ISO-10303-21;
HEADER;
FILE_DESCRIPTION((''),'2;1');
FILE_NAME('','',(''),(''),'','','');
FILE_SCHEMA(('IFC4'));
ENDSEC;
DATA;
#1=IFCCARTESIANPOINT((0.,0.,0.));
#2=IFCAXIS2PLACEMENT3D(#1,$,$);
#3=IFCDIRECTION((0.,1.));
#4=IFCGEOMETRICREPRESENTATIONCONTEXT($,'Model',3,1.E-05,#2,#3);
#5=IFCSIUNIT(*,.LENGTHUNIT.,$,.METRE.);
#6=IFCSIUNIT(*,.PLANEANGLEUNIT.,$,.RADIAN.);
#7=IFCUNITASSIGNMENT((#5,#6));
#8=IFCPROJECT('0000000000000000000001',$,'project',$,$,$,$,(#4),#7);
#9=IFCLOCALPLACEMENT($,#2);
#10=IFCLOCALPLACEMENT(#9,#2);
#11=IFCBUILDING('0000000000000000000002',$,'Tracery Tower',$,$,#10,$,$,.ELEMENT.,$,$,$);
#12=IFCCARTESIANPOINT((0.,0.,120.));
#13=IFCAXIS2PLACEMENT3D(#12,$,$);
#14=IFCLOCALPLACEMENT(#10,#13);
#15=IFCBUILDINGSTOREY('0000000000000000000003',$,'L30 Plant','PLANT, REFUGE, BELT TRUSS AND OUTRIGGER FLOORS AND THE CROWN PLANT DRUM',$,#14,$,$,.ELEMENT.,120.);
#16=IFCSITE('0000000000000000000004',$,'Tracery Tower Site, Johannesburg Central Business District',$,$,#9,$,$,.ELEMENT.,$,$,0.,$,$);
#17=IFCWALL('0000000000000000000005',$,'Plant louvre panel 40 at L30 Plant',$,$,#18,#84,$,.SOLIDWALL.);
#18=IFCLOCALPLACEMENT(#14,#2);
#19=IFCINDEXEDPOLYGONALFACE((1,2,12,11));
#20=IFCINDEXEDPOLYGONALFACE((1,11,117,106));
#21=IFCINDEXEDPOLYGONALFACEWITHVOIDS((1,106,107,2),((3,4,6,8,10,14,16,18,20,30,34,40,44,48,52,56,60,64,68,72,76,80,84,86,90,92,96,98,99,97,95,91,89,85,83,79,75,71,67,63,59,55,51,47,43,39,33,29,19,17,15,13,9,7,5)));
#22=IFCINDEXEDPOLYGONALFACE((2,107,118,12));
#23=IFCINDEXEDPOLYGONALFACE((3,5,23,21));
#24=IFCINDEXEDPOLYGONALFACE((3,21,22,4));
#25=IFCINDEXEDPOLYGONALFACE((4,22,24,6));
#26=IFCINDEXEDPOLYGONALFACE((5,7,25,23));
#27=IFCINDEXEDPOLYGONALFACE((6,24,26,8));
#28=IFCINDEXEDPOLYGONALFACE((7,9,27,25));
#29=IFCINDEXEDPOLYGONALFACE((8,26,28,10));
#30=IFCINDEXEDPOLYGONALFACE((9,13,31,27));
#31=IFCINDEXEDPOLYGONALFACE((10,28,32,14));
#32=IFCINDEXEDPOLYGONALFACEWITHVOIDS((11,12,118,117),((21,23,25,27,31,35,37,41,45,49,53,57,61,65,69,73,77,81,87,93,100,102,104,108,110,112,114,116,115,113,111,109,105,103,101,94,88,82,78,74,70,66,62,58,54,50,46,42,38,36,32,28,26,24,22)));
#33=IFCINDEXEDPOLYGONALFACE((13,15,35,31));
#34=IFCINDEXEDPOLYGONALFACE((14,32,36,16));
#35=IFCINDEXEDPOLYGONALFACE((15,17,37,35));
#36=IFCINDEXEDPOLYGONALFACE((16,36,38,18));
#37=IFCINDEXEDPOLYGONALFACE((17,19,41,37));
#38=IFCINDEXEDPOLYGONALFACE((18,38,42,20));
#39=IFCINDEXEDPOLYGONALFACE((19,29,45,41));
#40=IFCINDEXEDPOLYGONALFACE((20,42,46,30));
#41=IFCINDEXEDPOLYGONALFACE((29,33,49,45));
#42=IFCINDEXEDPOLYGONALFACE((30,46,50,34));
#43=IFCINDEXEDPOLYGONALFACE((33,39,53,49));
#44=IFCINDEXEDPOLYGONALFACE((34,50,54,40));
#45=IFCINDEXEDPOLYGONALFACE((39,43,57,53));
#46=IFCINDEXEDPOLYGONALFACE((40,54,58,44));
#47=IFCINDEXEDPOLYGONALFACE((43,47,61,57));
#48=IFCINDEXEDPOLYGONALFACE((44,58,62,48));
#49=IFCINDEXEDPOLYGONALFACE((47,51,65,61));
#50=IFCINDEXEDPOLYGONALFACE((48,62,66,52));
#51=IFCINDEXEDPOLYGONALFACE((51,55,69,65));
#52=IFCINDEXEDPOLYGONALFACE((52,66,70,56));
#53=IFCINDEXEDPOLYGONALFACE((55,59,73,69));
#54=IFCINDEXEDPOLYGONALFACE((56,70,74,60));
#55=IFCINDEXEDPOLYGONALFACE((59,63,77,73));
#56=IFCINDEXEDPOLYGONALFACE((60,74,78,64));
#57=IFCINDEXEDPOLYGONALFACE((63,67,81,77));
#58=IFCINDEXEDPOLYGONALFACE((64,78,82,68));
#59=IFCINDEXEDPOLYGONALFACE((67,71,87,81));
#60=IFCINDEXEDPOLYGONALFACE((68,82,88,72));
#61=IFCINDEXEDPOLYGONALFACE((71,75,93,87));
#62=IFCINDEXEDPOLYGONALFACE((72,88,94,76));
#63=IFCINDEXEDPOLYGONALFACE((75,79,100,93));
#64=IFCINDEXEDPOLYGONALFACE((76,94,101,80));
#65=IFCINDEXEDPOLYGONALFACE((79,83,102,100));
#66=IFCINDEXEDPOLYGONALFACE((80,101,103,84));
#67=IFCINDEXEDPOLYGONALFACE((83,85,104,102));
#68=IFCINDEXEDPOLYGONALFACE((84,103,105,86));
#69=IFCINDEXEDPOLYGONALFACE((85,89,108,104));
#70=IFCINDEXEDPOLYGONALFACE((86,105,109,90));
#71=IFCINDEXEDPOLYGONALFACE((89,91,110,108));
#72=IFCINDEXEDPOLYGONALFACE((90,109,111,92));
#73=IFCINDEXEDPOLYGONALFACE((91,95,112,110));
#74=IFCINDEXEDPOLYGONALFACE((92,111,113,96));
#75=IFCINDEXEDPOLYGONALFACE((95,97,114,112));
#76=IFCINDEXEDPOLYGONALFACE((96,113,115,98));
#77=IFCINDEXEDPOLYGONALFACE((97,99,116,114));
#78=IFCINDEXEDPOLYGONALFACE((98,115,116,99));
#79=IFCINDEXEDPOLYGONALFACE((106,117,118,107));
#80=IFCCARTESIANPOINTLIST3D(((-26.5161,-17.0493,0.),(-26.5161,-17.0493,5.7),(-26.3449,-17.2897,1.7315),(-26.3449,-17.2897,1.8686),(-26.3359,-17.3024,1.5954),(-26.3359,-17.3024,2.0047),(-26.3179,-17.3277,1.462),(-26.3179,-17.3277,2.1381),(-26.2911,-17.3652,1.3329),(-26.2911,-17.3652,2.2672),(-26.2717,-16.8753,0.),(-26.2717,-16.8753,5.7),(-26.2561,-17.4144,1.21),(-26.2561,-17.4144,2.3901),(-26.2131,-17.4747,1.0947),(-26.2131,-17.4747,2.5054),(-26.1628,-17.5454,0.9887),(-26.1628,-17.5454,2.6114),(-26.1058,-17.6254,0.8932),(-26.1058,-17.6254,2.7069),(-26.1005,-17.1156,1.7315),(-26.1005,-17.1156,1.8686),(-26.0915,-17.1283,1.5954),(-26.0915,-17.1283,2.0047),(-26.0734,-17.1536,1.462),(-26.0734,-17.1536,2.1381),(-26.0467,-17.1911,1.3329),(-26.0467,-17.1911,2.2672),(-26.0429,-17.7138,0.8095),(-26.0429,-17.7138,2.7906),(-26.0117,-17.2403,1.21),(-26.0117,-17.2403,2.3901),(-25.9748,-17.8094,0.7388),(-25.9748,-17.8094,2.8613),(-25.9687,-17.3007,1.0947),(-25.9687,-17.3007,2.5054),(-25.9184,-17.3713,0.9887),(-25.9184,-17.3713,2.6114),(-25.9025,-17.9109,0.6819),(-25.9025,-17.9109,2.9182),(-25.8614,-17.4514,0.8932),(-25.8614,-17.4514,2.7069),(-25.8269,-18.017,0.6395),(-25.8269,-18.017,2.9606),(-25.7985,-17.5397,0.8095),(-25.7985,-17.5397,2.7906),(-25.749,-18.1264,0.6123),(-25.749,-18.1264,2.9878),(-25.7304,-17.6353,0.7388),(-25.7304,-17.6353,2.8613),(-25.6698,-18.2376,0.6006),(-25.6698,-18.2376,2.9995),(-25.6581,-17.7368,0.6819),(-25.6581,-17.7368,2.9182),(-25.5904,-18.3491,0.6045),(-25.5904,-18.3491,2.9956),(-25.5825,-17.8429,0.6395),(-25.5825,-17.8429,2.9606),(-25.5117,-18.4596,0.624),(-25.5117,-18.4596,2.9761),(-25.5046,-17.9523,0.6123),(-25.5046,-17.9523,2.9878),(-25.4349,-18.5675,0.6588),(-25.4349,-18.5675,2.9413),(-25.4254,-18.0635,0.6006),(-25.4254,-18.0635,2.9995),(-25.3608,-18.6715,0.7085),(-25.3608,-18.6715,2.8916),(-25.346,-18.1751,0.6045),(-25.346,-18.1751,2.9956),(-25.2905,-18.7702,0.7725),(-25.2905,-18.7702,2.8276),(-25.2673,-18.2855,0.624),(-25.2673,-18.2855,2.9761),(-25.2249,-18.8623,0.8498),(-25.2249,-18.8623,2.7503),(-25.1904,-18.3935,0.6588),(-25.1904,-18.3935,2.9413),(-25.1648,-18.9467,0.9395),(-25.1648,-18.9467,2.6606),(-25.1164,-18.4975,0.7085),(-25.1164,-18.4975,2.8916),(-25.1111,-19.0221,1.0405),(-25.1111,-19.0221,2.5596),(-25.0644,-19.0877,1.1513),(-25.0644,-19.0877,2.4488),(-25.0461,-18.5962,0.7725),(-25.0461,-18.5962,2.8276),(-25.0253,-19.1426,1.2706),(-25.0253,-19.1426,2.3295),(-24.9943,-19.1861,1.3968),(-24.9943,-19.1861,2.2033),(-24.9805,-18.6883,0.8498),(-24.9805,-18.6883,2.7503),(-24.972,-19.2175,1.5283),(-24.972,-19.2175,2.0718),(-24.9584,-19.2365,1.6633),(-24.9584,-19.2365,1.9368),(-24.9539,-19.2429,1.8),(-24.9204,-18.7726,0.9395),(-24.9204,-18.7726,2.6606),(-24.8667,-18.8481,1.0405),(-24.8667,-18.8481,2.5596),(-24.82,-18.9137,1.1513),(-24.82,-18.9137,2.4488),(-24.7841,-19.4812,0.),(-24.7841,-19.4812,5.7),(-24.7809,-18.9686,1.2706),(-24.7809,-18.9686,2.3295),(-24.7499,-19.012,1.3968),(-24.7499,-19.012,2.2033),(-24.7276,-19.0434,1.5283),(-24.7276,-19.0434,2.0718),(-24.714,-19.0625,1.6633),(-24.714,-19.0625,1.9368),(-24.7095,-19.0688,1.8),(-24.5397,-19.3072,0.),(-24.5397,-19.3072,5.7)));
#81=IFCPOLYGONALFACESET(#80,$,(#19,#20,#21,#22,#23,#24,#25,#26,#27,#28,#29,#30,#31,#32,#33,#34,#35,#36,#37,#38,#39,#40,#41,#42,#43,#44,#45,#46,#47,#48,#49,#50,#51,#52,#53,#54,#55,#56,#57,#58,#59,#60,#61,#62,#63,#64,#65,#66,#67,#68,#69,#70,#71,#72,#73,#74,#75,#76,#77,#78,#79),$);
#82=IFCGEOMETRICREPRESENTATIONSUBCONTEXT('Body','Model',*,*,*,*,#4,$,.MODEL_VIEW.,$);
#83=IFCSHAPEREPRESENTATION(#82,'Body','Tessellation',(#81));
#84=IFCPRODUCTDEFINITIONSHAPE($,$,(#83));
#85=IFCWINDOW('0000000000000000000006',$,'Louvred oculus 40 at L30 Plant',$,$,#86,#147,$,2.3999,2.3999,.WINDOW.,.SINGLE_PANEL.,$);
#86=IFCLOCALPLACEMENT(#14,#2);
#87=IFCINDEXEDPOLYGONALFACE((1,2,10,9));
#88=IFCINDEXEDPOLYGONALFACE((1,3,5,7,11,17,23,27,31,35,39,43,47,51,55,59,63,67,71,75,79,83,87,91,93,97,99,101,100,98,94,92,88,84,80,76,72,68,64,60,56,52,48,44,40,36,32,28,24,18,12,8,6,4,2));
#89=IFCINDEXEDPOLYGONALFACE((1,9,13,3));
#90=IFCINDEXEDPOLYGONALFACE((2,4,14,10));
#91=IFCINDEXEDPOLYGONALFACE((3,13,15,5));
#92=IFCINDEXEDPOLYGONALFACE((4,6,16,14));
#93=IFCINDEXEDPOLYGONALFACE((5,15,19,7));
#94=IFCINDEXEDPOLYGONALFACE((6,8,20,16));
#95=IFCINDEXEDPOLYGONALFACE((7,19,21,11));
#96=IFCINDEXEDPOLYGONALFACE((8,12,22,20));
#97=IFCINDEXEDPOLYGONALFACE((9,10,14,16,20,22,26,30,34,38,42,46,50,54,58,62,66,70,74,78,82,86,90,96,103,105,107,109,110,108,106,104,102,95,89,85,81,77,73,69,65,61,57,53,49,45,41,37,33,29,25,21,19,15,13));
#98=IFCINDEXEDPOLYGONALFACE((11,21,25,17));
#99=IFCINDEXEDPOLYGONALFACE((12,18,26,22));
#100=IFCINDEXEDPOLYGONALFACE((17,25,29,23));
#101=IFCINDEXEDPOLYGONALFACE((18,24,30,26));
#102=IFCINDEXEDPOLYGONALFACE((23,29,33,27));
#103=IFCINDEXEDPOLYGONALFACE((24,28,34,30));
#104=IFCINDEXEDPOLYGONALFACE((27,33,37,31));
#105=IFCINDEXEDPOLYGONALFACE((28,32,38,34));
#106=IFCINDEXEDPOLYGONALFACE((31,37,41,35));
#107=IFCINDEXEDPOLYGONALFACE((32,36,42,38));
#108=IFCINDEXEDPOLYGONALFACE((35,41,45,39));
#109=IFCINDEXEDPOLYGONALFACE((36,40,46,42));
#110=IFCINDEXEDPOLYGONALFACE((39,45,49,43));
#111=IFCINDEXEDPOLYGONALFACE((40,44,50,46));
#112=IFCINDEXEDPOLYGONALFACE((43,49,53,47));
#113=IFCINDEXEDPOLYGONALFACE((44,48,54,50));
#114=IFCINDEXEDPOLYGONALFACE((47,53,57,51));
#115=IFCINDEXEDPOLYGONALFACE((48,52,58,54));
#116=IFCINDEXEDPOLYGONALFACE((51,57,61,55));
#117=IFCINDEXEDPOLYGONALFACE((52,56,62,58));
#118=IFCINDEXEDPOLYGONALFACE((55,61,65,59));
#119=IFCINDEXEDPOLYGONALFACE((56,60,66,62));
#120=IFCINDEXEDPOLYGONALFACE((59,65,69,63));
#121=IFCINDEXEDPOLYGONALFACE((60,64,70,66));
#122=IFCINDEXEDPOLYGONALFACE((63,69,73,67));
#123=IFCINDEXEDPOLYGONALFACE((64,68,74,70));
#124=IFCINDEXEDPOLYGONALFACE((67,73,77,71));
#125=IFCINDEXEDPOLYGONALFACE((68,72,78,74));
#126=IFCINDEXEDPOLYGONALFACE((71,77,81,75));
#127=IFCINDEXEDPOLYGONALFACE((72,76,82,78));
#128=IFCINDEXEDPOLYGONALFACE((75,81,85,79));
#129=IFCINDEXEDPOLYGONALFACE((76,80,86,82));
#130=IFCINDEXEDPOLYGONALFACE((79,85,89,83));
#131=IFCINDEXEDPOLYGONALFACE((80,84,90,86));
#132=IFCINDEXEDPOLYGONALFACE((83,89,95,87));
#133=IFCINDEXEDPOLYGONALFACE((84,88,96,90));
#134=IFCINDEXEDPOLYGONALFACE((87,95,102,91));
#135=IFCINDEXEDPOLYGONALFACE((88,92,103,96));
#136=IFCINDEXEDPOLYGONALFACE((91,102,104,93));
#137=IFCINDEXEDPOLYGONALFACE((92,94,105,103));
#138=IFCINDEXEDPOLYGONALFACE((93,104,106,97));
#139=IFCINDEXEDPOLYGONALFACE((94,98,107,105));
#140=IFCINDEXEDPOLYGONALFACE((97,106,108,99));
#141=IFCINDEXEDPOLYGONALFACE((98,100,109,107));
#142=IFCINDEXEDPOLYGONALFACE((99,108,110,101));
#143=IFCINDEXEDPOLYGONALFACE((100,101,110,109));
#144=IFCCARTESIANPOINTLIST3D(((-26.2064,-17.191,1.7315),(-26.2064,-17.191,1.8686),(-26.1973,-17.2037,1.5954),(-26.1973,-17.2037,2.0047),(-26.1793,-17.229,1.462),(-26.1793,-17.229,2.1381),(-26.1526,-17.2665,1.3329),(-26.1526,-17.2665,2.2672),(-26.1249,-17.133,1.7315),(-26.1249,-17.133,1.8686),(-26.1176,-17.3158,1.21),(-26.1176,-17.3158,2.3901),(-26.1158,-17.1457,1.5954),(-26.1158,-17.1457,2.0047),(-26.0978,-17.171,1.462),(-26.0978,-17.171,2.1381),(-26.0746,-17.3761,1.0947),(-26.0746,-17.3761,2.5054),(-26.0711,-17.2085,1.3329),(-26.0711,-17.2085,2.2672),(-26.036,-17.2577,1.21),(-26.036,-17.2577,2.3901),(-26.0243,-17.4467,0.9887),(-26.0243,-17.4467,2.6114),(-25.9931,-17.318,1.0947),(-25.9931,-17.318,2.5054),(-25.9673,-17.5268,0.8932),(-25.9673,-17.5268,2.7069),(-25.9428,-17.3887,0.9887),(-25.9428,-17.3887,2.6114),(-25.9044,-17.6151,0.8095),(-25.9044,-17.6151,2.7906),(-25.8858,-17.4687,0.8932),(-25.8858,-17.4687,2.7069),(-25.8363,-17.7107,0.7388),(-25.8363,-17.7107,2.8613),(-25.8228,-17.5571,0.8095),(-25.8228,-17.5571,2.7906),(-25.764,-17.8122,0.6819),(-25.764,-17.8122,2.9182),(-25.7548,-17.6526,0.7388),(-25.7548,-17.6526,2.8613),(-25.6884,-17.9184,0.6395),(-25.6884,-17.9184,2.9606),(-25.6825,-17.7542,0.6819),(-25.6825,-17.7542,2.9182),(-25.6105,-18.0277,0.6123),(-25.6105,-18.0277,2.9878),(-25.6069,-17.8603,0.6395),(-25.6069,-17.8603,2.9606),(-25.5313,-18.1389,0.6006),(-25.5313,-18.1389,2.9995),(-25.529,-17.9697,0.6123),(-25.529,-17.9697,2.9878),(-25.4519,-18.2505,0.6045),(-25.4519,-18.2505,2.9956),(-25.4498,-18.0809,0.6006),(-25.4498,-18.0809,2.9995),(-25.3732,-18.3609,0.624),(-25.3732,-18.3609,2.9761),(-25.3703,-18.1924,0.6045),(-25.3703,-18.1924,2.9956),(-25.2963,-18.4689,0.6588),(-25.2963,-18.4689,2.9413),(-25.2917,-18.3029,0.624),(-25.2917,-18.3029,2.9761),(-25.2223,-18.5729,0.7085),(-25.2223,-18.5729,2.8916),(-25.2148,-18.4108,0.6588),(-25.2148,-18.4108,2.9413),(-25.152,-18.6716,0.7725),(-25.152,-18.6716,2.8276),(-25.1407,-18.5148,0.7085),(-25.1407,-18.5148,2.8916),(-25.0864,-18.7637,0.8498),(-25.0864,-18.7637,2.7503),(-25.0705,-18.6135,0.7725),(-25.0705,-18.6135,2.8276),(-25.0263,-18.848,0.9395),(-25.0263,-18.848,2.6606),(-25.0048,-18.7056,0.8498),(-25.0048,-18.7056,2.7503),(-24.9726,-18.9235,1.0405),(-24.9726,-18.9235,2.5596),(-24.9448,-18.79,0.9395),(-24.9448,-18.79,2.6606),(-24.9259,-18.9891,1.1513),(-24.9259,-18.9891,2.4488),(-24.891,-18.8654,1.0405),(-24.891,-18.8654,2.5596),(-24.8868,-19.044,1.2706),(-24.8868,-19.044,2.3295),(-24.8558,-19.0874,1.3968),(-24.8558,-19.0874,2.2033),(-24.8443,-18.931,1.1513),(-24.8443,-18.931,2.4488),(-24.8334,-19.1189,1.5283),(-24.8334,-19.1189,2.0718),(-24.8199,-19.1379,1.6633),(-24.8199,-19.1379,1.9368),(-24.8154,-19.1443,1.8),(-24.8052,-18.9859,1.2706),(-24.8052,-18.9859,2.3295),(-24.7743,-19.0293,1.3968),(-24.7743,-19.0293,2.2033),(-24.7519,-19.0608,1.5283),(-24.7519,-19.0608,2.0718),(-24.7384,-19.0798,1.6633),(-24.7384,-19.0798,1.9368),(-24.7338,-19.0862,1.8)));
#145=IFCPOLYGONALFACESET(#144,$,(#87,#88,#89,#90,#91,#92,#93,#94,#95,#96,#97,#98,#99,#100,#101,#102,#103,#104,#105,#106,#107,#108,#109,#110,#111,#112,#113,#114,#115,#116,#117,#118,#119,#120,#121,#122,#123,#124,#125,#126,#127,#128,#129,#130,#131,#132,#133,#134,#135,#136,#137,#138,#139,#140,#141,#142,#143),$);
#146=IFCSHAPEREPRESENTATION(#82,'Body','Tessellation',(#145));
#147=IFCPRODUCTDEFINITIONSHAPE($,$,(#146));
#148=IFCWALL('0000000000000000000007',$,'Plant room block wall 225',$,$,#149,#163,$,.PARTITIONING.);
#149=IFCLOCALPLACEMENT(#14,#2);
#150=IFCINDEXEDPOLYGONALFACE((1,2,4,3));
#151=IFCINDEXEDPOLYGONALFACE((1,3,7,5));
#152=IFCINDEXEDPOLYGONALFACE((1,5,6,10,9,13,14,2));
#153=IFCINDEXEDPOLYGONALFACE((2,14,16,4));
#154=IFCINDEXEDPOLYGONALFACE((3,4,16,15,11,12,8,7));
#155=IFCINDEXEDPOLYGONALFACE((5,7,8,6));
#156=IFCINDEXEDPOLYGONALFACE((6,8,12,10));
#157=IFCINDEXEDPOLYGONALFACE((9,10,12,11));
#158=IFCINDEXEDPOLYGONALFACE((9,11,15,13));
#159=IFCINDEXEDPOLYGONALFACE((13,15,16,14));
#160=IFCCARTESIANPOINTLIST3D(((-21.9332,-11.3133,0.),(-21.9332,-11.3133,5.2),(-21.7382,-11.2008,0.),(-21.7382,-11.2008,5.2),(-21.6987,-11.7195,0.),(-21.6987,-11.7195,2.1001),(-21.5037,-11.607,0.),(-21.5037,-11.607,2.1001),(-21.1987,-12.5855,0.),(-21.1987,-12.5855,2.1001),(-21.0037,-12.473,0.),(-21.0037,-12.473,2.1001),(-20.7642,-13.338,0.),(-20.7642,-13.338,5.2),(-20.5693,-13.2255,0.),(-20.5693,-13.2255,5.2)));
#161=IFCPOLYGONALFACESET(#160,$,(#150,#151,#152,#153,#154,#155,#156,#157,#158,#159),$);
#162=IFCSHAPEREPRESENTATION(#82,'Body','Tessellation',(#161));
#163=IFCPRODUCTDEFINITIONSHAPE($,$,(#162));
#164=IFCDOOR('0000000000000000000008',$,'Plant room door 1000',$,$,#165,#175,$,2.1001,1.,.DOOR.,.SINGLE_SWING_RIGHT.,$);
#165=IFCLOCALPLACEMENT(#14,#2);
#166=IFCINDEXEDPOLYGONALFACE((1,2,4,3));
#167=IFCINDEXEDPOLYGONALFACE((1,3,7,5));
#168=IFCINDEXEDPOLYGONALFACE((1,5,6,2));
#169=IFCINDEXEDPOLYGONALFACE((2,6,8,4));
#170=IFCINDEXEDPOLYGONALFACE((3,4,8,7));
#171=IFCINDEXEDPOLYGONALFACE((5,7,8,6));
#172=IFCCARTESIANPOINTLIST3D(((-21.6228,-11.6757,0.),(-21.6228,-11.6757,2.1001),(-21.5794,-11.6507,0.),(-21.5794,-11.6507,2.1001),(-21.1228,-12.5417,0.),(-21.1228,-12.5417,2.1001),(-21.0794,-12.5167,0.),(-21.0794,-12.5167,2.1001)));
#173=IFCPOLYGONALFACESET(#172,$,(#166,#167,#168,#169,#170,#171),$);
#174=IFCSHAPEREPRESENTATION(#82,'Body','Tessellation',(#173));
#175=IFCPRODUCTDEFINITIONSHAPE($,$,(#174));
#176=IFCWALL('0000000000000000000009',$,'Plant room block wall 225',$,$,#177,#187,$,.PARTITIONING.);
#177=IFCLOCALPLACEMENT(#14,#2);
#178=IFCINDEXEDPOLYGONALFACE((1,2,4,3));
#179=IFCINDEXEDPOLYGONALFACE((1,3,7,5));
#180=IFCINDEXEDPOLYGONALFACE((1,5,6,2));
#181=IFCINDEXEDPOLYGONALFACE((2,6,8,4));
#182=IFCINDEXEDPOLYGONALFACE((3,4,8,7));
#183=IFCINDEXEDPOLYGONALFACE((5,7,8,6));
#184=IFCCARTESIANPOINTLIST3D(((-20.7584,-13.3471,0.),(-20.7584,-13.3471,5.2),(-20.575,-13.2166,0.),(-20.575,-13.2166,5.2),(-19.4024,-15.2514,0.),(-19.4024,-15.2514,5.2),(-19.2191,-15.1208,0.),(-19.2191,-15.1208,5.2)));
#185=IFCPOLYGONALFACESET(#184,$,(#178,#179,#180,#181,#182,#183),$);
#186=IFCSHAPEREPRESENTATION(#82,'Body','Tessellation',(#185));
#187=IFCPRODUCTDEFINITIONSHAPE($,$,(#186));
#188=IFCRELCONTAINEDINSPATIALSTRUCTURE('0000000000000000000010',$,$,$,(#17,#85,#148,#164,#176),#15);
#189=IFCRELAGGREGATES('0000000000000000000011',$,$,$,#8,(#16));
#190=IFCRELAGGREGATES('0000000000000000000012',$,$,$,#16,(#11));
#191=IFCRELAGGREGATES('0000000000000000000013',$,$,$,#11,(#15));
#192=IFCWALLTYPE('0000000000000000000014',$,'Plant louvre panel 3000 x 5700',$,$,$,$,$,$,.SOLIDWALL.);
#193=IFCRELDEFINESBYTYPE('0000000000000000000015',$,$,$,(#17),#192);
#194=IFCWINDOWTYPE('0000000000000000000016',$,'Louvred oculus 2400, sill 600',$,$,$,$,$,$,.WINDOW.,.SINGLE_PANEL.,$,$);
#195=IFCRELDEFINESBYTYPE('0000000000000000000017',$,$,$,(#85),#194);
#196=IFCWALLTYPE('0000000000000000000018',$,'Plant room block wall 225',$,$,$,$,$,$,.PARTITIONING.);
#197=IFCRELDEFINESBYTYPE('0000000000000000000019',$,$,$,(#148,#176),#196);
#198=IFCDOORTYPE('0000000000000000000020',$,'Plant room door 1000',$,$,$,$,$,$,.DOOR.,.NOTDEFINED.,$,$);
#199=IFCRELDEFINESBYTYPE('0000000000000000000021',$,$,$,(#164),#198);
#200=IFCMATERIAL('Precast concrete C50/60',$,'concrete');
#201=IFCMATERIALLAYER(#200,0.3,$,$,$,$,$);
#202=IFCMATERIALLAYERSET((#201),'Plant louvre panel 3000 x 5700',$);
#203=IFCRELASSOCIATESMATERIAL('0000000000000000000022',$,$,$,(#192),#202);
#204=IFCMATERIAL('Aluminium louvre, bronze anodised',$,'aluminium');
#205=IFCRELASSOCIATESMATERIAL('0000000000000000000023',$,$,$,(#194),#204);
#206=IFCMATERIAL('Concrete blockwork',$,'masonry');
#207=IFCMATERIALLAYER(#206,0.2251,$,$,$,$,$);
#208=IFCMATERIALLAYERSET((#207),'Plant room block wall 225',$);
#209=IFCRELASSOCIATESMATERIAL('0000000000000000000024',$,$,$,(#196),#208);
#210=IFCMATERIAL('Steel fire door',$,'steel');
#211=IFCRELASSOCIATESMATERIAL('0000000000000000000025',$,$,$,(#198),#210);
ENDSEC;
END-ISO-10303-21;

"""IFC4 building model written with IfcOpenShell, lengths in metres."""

from ifc_helpers import new_model, si_unit, direction, frame, frame_2d, origin, origin_2d, place, context, subcontext, project, spatial, rectangle, circle, extrude, material, layer, layer_set, type_object, element, fill, save


model = new_model("IFC4")

# Units and contexts
model_context = context("Model", 3, precision=1e-05, world=origin(), true_north=direction((0.0, 1.0)))
body_context = subcontext(model_context, "Body", "Model", "MODEL_VIEW")
ifc_project = project(units=[si_unit("LENGTHUNIT", "METRE"), si_unit("PLANEANGLEUNIT", "RADIAN")], contexts=[model_context])

# Site, building, storey
site_placement = place(None, origin())
site = spatial("IfcSite", under=ifc_project, at=site_placement, Name="Tracery Tower Site, Johannesburg Central Business District", CompositionType="ELEMENT", RefElevation=0.0)
building_placement = place(site_placement, origin())
building = spatial("IfcBuilding", under=site, at=building_placement, Name="Tracery Tower", CompositionType="ELEMENT")
storey_placement = place(building_placement, frame((0.0, 0.0, 120.0)))
storey = spatial("IfcBuildingStorey", under=building, at=storey_placement, Name="L30 Plant", Description="PLANT, REFUGE, BELT TRUSS AND OUTRIGGER FLOORS AND THE CROWN PLANT DRUM", CompositionType="ELEMENT", Elevation=120.0)

# Wall, opening, window
ifc_material_1 = material(Name="Precast concrete C50/60", Category="concrete")
ifc_layer_1 = layer(ifc_material_1, 0.3)
ifc_layer_set_1 = layer_set([ifc_layer_1], Name="Plant louvre panel 3000 x 5700")
wall_type_1 = type_object("IfcWallType", Name="Plant louvre panel 3000 x 5700", PredefinedType="SOLIDWALL", material=ifc_layer_set_1)
ifc_material_2 = material(Name="Aluminium louvre, bronze anodised", Category="aluminium")
window_type = type_object("IfcWindowType", Name="Louvred oculus 2400, sill 600", PartitioningType="SINGLE_PANEL", PredefinedType="WINDOW", material=ifc_material_2)
wall_1_placement = place(storey_placement, frame((-26.3938, -16.9624, 0.0), z_axis=(0.0, 0.0, 1.0), x_axis=(0.580101, -0.814545, 0.0)))
wall_1 = element("IfcWall", 1, at=wall_1_placement, inside=storey, type_object=wall_type_1, Name="Plant louvre panel 40 at L30 Plant", PredefinedType="SOLIDWALL", context=body_context, shape_type="SweptSolid", body=[
    extrude(rectangle(XDim=2.9856, YDim=0.3, at=frame_2d((1.4927, 0.0))), origin(), (0.0, 0.0, 1.0), 5.7),
])
opening_1_placement = place(wall_1_placement, frame((1.4929, 0.0, 1.8)))
opening_1 = element("IfcOpeningElement", 2, at=opening_1_placement, cuts=wall_1, PredefinedType="OPENING", context=body_context, shape_type="SweptSolid", body=[
    extrude(circle(Radius=1.2, at=origin_2d()), frame((0.0, 0.1599, 0.0), z_axis=(0.0, -1.0, 0.0), x_axis=(1.0, 0.0, 0.0)), (0.0, 0.0, 1.0), 0.3201),
])
window_1_placement = place(opening_1_placement, origin())
window_1 = element("IfcWindow", 3, at=window_1_placement, inside=storey, type_object=window_type, Name="Louvred oculus 40 at L30 Plant", OverallHeight=2.3999, OverallWidth=2.3999, PartitioningType="SINGLE_PANEL", PredefinedType="WINDOW", context=body_context, shape_type="SweptSolid", body=[
    extrude(circle(Radius=1.2, at=origin_2d()), frame((0.0, 0.1201, 0.0), z_axis=(0.0, -1.0, 0.0), x_axis=(1.0, 0.0, 0.0)), (0.0, 0.0, 1.0), 0.1001),
])
fill(opening_1, window_1)

# Wall, opening, door
ifc_material_3 = material(Name="Concrete blockwork", Category="masonry")
ifc_layer_2 = layer(ifc_material_3, 0.2251)
ifc_layer_set_2 = layer_set([ifc_layer_2], Name="Plant room block wall 225")
wall_type_2 = type_object("IfcWallType", Name="Plant room block wall 225", PredefinedType="PARTITIONING", material=ifc_layer_set_2)
wall_2_placement = place(storey_placement, frame((-20.6667, -13.2817, 0.0), z_axis=(0.0, 0.0, 1.0), x_axis=(-0.500003, 0.866024, 0.0)))
wall_2 = element("IfcWall", 4, at=wall_2_placement, inside=storey, type_object=wall_type_2, Name="Plant room block wall 225", PredefinedType="PARTITIONING", context=body_context, shape_type="SweptSolid", body=[
    extrude(rectangle(XDim=2.3379, YDim=0.2251, at=frame_2d((1.1689, 0.0))), origin(), (0.0, 0.0, 1.0), 5.2),
])
opening_2_placement = place(wall_2_placement, frame((0.8689, 0.0, 0.0)))
opening_2 = element("IfcOpeningElement", 5, at=opening_2_placement, cuts=wall_2, PredefinedType="OPENING", context=body_context, shape_type="SweptSolid", body=[
    extrude(rectangle(XDim=1.0, YDim=2.1001, at=frame_2d((0.5, 1.05))), frame((0.0, 0.1125, 0.0), z_axis=(0.0, -1.0, 0.0), x_axis=(1.0, 0.0, 0.0)), (0.0, 0.0, 1.0), 0.2251),
])
ifc_material_4 = material(Name="Steel fire door", Category="steel")
door_type = type_object("IfcDoorType", Name="Plant room door 1000", OperationType="NOTDEFINED", PredefinedType="DOOR", material=ifc_material_4)
door_placement = place(opening_2_placement, origin())
door = element("IfcDoor", 6, at=door_placement, inside=storey, type_object=door_type, Name="Plant room door 1000", OperationType="SINGLE_SWING_RIGHT", OverallHeight=2.1001, OverallWidth=1.0, PredefinedType="DOOR", context=body_context, shape_type="SweptSolid", body=[
    extrude(rectangle(XDim=1.0, YDim=2.1001, at=frame_2d((0.5, 1.05))), frame((0.0, 0.0249, 0.0), z_axis=(0.0, -1.0, 0.0), x_axis=(1.0, 0.0, 0.0)), (0.0, 0.0, 1.0), 0.05),
])
fill(opening_2, door)

# Wall
wall_3_placement = place(storey_placement, frame((-20.6667, -13.2817, 0.0), z_axis=(0.0, 0.0, 1.0), x_axis=(0.580032, -0.814593, 0.0)))
element("IfcWall", 7, at=wall_3_placement, inside=storey, type_object=wall_type_2, Name="Plant room block wall 225", PredefinedType="PARTITIONING", context=body_context, shape_type="SweptSolid", body=[
    extrude(rectangle(XDim=2.3376, YDim=0.2251, at=frame_2d((1.1689, 0.0))), origin(), (0.0, 0.0, 1.0), 5.2),
])

save(model, "model.ifc")
